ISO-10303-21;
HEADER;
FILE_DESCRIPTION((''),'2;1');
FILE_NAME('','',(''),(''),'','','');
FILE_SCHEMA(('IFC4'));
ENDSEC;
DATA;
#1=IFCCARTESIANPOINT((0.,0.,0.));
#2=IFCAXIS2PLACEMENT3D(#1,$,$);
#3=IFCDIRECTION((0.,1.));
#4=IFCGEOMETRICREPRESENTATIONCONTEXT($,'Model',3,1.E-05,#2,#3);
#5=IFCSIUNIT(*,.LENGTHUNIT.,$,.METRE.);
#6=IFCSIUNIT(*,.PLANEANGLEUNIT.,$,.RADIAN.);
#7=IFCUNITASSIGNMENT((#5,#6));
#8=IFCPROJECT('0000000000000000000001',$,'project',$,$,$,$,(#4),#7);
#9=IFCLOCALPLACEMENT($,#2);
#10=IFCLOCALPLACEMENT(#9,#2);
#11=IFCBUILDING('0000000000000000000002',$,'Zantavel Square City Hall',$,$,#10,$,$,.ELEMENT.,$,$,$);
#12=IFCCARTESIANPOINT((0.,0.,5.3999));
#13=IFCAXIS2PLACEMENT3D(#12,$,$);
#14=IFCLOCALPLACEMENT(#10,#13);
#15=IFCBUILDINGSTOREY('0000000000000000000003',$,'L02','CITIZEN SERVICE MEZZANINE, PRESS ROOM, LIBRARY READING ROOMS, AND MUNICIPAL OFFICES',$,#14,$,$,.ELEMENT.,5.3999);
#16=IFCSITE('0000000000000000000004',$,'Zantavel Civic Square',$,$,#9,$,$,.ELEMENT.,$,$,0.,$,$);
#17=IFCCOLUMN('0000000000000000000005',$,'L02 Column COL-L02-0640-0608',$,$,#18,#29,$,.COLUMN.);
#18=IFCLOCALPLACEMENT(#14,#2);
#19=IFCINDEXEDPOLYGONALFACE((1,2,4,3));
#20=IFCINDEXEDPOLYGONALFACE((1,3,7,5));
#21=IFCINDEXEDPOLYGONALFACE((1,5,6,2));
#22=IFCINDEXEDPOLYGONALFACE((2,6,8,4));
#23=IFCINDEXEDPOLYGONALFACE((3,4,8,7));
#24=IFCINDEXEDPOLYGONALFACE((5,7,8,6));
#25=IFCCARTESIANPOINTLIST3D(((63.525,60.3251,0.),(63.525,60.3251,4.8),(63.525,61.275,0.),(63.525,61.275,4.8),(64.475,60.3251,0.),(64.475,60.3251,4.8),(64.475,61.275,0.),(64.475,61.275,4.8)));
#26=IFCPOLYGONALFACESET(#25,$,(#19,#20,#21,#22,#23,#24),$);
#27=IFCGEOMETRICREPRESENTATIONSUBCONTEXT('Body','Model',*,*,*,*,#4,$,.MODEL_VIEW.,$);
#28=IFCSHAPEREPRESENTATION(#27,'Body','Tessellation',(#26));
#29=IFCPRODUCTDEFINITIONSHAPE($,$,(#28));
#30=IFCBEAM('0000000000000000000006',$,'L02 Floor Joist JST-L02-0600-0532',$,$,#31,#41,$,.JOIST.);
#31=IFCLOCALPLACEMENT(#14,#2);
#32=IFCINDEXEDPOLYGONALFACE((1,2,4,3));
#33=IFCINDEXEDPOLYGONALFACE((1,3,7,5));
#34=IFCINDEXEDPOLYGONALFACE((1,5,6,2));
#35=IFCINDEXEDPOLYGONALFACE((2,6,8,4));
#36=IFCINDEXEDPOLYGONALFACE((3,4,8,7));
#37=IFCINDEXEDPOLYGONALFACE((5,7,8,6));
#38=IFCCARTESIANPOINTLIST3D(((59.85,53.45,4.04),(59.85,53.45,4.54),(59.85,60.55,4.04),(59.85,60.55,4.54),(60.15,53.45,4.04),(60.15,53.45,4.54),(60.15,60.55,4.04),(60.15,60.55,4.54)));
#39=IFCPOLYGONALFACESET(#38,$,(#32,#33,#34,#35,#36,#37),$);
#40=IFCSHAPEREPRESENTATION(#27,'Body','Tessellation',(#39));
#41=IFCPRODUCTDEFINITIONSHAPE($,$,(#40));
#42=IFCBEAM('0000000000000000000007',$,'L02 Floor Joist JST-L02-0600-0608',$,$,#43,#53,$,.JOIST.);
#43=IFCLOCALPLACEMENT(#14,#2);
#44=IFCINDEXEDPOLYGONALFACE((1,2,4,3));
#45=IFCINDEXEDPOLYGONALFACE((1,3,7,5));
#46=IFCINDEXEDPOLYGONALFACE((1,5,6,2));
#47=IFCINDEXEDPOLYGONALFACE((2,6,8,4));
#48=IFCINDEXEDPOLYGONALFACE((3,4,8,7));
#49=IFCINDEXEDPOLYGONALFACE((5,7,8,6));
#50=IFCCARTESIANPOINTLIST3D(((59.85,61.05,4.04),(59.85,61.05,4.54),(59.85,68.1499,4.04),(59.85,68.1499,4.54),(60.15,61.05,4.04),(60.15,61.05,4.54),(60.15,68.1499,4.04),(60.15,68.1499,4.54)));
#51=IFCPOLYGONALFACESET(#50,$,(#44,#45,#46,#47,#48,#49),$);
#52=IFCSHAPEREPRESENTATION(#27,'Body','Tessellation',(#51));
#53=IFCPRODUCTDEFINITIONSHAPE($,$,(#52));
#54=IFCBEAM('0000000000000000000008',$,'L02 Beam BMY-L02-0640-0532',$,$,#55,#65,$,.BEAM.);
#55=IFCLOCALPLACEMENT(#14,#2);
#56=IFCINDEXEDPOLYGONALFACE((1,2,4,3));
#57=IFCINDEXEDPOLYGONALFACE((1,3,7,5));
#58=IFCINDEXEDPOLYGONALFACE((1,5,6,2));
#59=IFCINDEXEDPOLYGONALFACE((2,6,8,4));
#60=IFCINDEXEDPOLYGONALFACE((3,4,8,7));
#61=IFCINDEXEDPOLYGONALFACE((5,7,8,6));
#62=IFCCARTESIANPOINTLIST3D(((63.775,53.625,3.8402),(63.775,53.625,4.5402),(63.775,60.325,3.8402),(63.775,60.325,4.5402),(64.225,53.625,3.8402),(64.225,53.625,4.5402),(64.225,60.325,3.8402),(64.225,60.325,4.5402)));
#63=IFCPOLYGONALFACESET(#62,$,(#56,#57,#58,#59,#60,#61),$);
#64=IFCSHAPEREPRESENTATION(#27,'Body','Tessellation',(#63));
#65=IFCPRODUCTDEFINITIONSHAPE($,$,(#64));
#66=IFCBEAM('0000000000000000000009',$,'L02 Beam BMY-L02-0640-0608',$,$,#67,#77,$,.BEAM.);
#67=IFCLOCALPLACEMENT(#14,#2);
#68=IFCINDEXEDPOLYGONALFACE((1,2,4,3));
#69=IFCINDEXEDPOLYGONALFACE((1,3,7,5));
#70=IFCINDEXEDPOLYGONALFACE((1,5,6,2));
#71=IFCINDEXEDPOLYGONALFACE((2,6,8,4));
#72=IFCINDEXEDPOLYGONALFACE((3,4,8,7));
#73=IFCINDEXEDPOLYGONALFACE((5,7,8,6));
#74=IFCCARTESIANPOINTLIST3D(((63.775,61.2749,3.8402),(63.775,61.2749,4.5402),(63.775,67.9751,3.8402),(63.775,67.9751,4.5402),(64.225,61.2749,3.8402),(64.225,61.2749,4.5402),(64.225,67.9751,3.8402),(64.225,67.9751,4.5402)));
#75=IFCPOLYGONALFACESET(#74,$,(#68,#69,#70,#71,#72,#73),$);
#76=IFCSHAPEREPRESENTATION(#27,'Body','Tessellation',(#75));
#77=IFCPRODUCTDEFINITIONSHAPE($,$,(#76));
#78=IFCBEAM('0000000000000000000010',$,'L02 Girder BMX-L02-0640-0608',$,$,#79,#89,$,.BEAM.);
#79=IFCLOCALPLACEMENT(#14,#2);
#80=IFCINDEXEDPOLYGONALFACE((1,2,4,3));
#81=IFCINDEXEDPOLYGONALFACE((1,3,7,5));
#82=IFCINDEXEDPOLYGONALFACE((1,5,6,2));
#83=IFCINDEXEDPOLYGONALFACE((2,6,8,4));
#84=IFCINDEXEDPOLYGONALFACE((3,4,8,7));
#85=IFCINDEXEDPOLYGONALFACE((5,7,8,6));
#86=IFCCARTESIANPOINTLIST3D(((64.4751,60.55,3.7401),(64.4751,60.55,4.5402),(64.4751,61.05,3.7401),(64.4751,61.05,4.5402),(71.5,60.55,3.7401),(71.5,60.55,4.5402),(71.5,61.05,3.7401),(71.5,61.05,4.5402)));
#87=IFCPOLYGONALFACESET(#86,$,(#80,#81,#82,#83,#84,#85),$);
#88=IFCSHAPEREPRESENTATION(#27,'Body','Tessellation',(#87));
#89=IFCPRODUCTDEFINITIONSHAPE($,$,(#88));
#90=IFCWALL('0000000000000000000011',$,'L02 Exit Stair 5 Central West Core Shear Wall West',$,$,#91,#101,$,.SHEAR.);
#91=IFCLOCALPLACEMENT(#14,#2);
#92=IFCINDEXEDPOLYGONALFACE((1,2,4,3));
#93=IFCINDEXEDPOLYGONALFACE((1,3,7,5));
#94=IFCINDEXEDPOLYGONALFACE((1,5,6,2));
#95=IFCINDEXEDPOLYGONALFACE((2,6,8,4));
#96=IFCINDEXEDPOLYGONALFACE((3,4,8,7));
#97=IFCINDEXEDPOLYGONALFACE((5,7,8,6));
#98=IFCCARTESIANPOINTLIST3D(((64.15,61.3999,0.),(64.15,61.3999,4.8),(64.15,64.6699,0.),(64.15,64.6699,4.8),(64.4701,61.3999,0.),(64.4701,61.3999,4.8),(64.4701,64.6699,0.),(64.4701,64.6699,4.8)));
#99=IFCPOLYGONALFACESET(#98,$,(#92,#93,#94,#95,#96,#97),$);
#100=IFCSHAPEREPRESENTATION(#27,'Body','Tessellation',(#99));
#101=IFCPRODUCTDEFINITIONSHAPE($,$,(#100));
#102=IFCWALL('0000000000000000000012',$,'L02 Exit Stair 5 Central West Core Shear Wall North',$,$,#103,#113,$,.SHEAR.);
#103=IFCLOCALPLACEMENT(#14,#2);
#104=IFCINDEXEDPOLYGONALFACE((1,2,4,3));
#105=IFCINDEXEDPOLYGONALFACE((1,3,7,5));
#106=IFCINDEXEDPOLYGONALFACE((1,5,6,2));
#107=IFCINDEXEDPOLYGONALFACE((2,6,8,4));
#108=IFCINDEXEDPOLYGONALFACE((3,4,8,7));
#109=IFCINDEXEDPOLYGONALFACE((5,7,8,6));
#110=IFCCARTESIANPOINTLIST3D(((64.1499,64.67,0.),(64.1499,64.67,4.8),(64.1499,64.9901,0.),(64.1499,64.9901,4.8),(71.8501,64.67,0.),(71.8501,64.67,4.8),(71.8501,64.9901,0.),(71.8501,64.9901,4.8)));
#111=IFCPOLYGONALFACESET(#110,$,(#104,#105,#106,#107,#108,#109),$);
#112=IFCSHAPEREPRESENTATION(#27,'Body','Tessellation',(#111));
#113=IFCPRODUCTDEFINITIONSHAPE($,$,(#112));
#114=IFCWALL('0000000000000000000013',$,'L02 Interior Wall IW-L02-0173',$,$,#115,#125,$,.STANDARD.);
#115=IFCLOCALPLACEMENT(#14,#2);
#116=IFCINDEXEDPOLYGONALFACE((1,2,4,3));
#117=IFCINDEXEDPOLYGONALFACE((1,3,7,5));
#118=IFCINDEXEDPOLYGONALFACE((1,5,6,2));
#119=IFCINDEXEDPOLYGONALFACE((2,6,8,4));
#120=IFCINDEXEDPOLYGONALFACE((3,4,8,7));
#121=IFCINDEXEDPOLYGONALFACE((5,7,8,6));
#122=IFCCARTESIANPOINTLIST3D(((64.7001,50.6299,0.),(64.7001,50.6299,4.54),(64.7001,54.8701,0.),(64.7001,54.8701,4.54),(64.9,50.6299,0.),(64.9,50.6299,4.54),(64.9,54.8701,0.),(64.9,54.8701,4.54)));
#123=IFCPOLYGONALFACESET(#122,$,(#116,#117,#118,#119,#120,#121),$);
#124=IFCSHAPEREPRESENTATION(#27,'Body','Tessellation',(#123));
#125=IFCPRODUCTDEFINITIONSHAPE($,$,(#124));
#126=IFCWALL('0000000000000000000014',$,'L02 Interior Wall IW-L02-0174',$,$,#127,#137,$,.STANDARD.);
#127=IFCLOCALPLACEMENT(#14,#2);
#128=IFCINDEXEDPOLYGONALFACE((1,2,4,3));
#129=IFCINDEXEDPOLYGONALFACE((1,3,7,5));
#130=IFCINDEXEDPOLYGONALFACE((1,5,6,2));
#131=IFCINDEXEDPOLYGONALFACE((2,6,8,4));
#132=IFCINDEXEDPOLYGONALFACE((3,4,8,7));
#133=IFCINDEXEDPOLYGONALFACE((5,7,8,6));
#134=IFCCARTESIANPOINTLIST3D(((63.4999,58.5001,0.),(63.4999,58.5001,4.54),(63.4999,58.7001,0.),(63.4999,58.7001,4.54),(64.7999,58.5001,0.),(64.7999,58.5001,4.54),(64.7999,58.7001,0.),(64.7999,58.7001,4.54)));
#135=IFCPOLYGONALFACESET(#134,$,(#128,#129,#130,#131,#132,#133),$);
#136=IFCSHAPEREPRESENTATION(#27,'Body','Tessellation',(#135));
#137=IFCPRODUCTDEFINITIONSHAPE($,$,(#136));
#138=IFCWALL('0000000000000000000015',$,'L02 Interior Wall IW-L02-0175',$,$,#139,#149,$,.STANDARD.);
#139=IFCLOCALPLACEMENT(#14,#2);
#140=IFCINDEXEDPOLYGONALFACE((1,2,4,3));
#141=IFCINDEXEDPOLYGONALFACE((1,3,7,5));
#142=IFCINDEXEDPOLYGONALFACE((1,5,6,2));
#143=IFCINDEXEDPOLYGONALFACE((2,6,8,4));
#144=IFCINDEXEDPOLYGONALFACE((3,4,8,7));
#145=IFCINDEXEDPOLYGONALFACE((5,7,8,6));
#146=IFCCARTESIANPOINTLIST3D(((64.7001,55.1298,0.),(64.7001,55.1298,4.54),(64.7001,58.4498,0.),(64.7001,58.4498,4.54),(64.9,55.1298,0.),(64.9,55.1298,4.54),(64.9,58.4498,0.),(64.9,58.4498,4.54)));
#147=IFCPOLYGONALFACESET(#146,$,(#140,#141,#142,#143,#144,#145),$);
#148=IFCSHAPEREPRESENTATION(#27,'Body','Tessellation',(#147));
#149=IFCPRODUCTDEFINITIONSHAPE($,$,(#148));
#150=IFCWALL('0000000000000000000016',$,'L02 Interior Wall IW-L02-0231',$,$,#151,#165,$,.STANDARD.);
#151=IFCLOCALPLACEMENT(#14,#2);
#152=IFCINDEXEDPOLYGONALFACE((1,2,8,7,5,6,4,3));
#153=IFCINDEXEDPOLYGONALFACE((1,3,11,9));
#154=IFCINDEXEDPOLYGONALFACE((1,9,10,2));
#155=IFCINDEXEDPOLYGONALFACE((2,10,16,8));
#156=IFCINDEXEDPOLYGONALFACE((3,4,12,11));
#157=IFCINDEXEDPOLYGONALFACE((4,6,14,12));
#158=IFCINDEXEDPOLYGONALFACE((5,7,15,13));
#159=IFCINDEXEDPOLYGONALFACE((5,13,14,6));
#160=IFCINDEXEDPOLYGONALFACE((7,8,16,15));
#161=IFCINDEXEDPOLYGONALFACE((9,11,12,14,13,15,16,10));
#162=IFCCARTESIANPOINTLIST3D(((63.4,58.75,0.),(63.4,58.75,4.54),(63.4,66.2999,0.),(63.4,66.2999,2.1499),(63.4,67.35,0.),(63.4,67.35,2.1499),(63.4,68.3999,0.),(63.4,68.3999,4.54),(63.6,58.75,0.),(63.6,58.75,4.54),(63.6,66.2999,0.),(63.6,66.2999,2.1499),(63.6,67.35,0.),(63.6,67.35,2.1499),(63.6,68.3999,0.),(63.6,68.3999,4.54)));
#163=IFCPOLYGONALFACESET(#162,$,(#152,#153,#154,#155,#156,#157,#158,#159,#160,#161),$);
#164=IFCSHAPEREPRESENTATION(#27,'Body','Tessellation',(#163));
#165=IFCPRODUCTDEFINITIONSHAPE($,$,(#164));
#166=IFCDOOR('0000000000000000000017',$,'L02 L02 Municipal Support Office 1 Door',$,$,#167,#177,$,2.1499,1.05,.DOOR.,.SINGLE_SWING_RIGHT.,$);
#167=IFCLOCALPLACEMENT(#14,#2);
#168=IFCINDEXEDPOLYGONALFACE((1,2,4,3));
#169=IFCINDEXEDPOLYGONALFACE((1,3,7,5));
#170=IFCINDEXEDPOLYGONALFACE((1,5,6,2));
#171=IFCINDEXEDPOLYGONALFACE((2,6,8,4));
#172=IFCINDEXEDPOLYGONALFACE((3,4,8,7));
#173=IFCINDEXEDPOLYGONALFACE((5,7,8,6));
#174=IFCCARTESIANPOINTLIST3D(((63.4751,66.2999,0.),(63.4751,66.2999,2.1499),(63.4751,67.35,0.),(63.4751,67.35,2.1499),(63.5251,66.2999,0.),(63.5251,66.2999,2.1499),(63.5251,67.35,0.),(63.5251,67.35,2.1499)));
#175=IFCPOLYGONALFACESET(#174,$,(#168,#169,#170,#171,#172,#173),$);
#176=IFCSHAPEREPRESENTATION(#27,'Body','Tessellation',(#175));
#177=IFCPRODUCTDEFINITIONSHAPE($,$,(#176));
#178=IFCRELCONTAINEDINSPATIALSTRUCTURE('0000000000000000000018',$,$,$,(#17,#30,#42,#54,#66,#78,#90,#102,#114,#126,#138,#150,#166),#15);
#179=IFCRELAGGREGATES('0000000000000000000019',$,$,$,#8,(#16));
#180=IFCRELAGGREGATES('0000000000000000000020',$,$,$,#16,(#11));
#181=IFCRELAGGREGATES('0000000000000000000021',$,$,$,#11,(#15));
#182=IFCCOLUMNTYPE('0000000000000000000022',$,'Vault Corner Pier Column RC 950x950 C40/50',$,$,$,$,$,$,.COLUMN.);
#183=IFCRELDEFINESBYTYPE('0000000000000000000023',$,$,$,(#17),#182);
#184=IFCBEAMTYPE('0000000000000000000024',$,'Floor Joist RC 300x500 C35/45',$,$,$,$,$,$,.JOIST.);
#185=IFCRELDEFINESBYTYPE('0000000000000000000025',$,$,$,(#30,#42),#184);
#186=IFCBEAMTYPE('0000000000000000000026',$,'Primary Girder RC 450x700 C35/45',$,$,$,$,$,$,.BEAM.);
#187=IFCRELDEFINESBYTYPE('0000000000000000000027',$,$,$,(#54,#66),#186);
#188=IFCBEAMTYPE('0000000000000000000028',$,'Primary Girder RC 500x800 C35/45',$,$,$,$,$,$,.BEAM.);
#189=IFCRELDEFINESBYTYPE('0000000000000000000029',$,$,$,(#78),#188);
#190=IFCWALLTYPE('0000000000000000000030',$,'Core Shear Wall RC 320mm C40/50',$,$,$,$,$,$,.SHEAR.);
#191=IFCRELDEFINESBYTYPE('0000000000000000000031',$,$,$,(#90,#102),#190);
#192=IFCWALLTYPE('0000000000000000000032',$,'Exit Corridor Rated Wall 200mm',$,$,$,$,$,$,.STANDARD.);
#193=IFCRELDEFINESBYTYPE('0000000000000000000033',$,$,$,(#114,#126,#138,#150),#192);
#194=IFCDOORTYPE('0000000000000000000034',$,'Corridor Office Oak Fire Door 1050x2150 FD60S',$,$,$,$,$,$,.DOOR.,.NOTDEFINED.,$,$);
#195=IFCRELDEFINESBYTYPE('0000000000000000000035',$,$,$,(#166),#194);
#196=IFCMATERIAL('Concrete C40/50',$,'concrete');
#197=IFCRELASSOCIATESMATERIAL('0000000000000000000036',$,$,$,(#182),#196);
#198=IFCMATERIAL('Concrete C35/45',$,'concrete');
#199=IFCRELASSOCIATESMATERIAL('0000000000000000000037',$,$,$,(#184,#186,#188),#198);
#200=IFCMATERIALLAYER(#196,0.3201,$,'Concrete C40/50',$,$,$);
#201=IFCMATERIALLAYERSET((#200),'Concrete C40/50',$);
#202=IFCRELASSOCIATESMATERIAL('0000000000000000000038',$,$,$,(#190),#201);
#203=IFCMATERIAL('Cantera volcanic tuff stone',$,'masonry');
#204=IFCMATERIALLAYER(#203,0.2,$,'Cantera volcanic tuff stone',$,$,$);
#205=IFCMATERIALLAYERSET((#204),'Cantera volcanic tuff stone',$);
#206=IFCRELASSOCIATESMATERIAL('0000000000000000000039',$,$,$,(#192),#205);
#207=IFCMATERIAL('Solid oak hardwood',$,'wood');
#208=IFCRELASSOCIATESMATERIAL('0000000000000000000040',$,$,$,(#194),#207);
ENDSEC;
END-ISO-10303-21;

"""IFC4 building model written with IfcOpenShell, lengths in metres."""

from ifc_helpers import new_model, si_unit, direction, frame, frame_2d, origin, origin_2d, place, context, subcontext, project, spatial, rectangle, extrude, material, layer, layer_set, material_profile, profile_set, type_object, element, fill, save


model = new_model("IFC4")

# Units and contexts
model_context = context("Model", 3, precision=1e-05, world=origin(), true_north=direction((0.0, 1.0)))
body_context = subcontext(model_context, "Body", "Model", "MODEL_VIEW")
ifc_project = project(units=[si_unit("LENGTHUNIT", "METRE"), si_unit("PLANEANGLEUNIT", "RADIAN")], contexts=[model_context])

# Site, building, storey
site_placement = place(None, origin())
site = spatial("IfcSite", under=ifc_project, at=site_placement, Name="Zantavel Civic Square", CompositionType="ELEMENT", RefElevation=0.0)
building_placement = place(site_placement, origin())
building = spatial("IfcBuilding", under=site, at=building_placement, Name="Zantavel Square City Hall", CompositionType="ELEMENT")
storey_placement = place(building_placement, frame((0.0, 0.0, 5.3999)))
storey = spatial("IfcBuildingStorey", under=building, at=storey_placement, Name="L02", Description="CITIZEN SERVICE MEZZANINE, PRESS ROOM, LIBRARY READING ROOMS, AND MUNICIPAL OFFICES", CompositionType="ELEMENT", Elevation=5.3999)

# Column
ifc_material_1 = material(Name="Concrete C40/50", Category="concrete")
ifc_material_profile_1 = material_profile(ifc_material_1, rectangle(XDim=0.95, YDim=0.95, at=origin_2d()), Name="RC 950x950")
ifc_profile_set_1 = profile_set([ifc_material_profile_1], Name="Concrete C40/50")
column_type = type_object("IfcColumnType", Name="Vault Corner Pier Column RC 950x950 C40/50", PredefinedType="COLUMN", material=ifc_profile_set_1)
column_placement = place(storey_placement, frame((64.0, 60.8, 0.0), z_axis=(0.0, 0.0, 1.0), x_axis=(1.0, 0.0, 0.0)))
element("IfcColumn", 1, at=column_placement, inside=storey, type_object=column_type, Name="L02 Column COL-L02-0640-0608", PredefinedType="COLUMN", context=body_context, shape_type="SweptSolid", body=[
    extrude(rectangle(XDim=0.95, YDim=0.95, at=origin_2d()), origin(), (0.0, 0.0, 1.0), 4.8),
])

# Beams
ifc_material_2 = material(Name="Concrete C35/45", Category="concrete")
ifc_material_profile_2 = material_profile(ifc_material_2, rectangle(XDim=0.3, YDim=0.5, at=origin_2d()), Name="RC 300x500")
ifc_profile_set_2 = profile_set([ifc_material_profile_2], Name="Concrete C35/45")
beam_type_1 = type_object("IfcBeamType", Name="Floor Joist RC 300x500 C35/45", PredefinedType="JOIST", material=ifc_profile_set_2)
beam_1_placement = place(storey_placement, frame((60.0, 53.45, 4.29), z_axis=(0.0, 1.0, 0.0), x_axis=(-1.0, 0.0, 0.0)))
element("IfcBeam", 2, at=beam_1_placement, inside=storey, type_object=beam_type_1, Name="L02 Floor Joist JST-L02-0600-0532", PredefinedType="JOIST", context=body_context, shape_type="SweptSolid", body=[
    extrude(rectangle(XDim=0.3, YDim=0.5, at=origin_2d()), origin(), (0.0, 0.0, 1.0), 7.1001),
])
beam_2_placement = place(storey_placement, frame((60.0, 61.05, 4.29), z_axis=(0.0, 1.0, 0.0), x_axis=(-1.0, 0.0, 0.0)))
element("IfcBeam", 3, at=beam_2_placement, inside=storey, type_object=beam_type_1, Name="L02 Floor Joist JST-L02-0600-0608", PredefinedType="JOIST", context=body_context, shape_type="SweptSolid", body=[
    extrude(rectangle(XDim=0.3, YDim=0.5, at=origin_2d()), origin(), (0.0, 0.0, 1.0), 7.0999),
])
ifc_material_profile_3 = material_profile(ifc_material_2, rectangle(XDim=0.45, YDim=0.7, at=origin_2d()), Name="RC 450x700")
ifc_profile_set_3 = profile_set([ifc_material_profile_3], Name="Concrete C35/45")
beam_type_2 = type_object("IfcBeamType", Name="Primary Girder RC 450x700 C35/45", PredefinedType="BEAM", material=ifc_profile_set_3)
beam_3_placement = place(storey_placement, frame((64.0, 53.625, 4.1902), z_axis=(0.0, 1.0, 0.0), x_axis=(-1.0, 0.0, 0.0)))
element("IfcBeam", 4, at=beam_3_placement, inside=storey, type_object=beam_type_2, Name="L02 Beam BMY-L02-0640-0532", PredefinedType="BEAM", context=body_context, shape_type="SweptSolid", body=[
    extrude(rectangle(XDim=0.45, YDim=0.7, at=origin_2d()), origin(), (0.0, 0.0, 1.0), 6.7),
])
beam_4_placement = place(storey_placement, frame((64.0, 61.2749, 4.1902), z_axis=(0.0, 1.0, 0.0), x_axis=(-1.0, 0.0, 0.0)))
element("IfcBeam", 5, at=beam_4_placement, inside=storey, type_object=beam_type_2, Name="L02 Beam BMY-L02-0640-0608", PredefinedType="BEAM", context=body_context, shape_type="SweptSolid", body=[
    extrude(rectangle(XDim=0.45, YDim=0.7, at=origin_2d()), origin(), (0.0, 0.0, 1.0), 6.7002),
])
ifc_material_profile_4 = material_profile(ifc_material_2, rectangle(XDim=0.5, YDim=0.8, at=origin_2d()), Name="RC 500x800")
ifc_profile_set_4 = profile_set([ifc_material_profile_4], Name="Concrete C35/45")
beam_type_3 = type_object("IfcBeamType", Name="Primary Girder RC 500x800 C35/45", PredefinedType="BEAM", material=ifc_profile_set_4)
beam_5_placement = place(storey_placement, frame((64.4751, 60.8, 4.1401), z_axis=(1.0, 0.0, 0.0), x_axis=(0.0, 1.0, 0.0)))
element("IfcBeam", 6, at=beam_5_placement, inside=storey, type_object=beam_type_3, Name="L02 Girder BMX-L02-0640-0608", PredefinedType="BEAM", context=body_context, shape_type="SweptSolid", body=[
    extrude(rectangle(XDim=0.5, YDim=0.8, at=origin_2d()), origin(), (0.0, 0.0, 1.0), 7.0249),
])

# Walls
ifc_layer_1 = layer(ifc_material_1, 0.3201, Name="Concrete C40/50")
ifc_layer_set_1 = layer_set([ifc_layer_1], Name="Concrete C40/50")
wall_type_1 = type_object("IfcWallType", Name="Core Shear Wall RC 320mm C40/50", PredefinedType="SHEAR", material=ifc_layer_set_1)
wall_1_placement = place(storey_placement, frame((64.3101, 61.3999, 0.0), z_axis=(0.0, 0.0, 1.0), x_axis=(0.0, 1.0, 0.0)))
element("IfcWall", 7, at=wall_1_placement, inside=storey, type_object=wall_type_1, Name="L02 Exit Stair 5 Central West Core Shear Wall West", PredefinedType="SHEAR", context=body_context, shape_type="SweptSolid", body=[
    extrude(rectangle(XDim=3.27, YDim=0.3201, at=frame_2d((1.635, 0.0))), origin(), (0.0, 0.0, 1.0), 4.8),
])
wall_2_placement = place(storey_placement, frame((64.1499, 64.8301, 0.0), z_axis=(0.0, 0.0, 1.0), x_axis=(1.0, 0.0, 0.0)))
element("IfcWall", 8, at=wall_2_placement, inside=storey, type_object=wall_type_1, Name="L02 Exit Stair 5 Central West Core Shear Wall North", PredefinedType="SHEAR", context=body_context, shape_type="SweptSolid", body=[
    extrude(rectangle(XDim=7.7002, YDim=0.3201, at=frame_2d((3.8501, 0.0))), origin(), (0.0, 0.0, 1.0), 4.8),
])

# Shared definitions
ifc_material_3 = material(Name="Cantera volcanic tuff stone", Category="masonry")
ifc_layer_2 = layer(ifc_material_3, 0.2, Name="Cantera volcanic tuff stone")
ifc_layer_set_2 = layer_set([ifc_layer_2], Name="Cantera volcanic tuff stone")
wall_type_2 = type_object("IfcWallType", Name="Exit Corridor Rated Wall 200mm", PredefinedType="STANDARD", material=ifc_layer_set_2)
ifc_material_4 = material(Name="Solid oak hardwood", Category="wood")

# Walls
wall_3_placement = place(storey_placement, frame((64.8, 54.8701, 0.0), z_axis=(0.0, 0.0, 1.0), x_axis=(0.0, -1.0, 0.0)))
element("IfcWall", 9, at=wall_3_placement, inside=storey, type_object=wall_type_2, Name="L02 Interior Wall IW-L02-0173", PredefinedType="STANDARD", context=body_context, shape_type="SweptSolid", body=[
    extrude(rectangle(XDim=4.2402, YDim=0.2, at=frame_2d((2.1201, 0.0))), origin(), (0.0, 0.0, 1.0), 4.54),
])
wall_4_placement = place(storey_placement, frame((63.5, 58.6001, 0.0), z_axis=(0.0, 0.0, 1.0), x_axis=(1.0, 0.0, 0.0)))
element("IfcWall", 10, at=wall_4_placement, inside=storey, type_object=wall_type_2, Name="L02 Interior Wall IW-L02-0174", PredefinedType="STANDARD", context=body_context, shape_type="SweptSolid", body=[
    extrude(rectangle(XDim=1.3, YDim=0.2, at=frame_2d((0.6499, 0.0))), origin(), (0.0, 0.0, 1.0), 4.54),
])
wall_5_placement = place(storey_placement, frame((64.8, 58.45, 0.0), z_axis=(0.0, 0.0, 1.0), x_axis=(0.0, -1.0, 0.0)))
element("IfcWall", 11, at=wall_5_placement, inside=storey, type_object=wall_type_2, Name="L02 Interior Wall IW-L02-0175", PredefinedType="STANDARD", context=body_context, shape_type="SweptSolid", body=[
    extrude(rectangle(XDim=3.3201, YDim=0.2, at=frame_2d((1.6602, 0.0))), origin(), (0.0, 0.0, 1.0), 4.54),
])

# Wall, opening, door
wall_6_placement = place(storey_placement, frame((63.5, 58.75, 0.0), z_axis=(0.0, 0.0, 1.0), x_axis=(0.0, 1.0, 0.0)))
wall_6 = element("IfcWall", 12, at=wall_6_placement, inside=storey, type_object=wall_type_2, Name="L02 Interior Wall IW-L02-0231", PredefinedType="STANDARD", context=body_context, shape_type="SweptSolid", body=[
    extrude(rectangle(XDim=9.6499, YDim=0.2, at=frame_2d((4.825, 0.0))), origin(), (0.0, 0.0, 1.0), 4.54),
])
opening_1_placement = place(wall_6_placement, frame((7.55, 0.0, 0.0)))
opening_1 = element("IfcOpeningElement", 13, at=opening_1_placement, cuts=wall_6, PredefinedType="OPENING", context=body_context, shape_type="SweptSolid", body=[
    extrude(rectangle(XDim=1.05, YDim=2.1499, at=frame_2d((0.5249, 1.075))), frame((0.0, 0.1099, 0.0), z_axis=(0.0, -1.0, 0.0), x_axis=(1.0, 0.0, 0.0)), (0.0, 0.0, 1.0), 0.22),
])
door_type_1 = type_object("IfcDoorType", Name="Corridor Office Oak Fire Door 1050x2150 FD60S", OperationType="NOTDEFINED", PredefinedType="DOOR", material=ifc_material_4)
door_1_placement = place(opening_1_placement, origin())
door_1 = element("IfcDoor", 14, at=door_1_placement, inside=storey, type_object=door_type_1, Name="L02 L02 Municipal Support Office 1 Door", OperationType="SINGLE_SWING_RIGHT", OverallHeight=2.1499, OverallWidth=1.05, PredefinedType="DOOR", context=body_context, shape_type="SweptSolid", body=[
    extrude(rectangle(XDim=1.05, YDim=2.1499, at=frame_2d((0.5249, 1.075))), frame((0.0, 0.0249, 0.0), z_axis=(0.0, -1.0, 0.0), x_axis=(1.0, 0.0, 0.0)), (0.0, 0.0, 1.0), 0.05),
])
fill(opening_1, door_1)

save(model, "model.ifc")
